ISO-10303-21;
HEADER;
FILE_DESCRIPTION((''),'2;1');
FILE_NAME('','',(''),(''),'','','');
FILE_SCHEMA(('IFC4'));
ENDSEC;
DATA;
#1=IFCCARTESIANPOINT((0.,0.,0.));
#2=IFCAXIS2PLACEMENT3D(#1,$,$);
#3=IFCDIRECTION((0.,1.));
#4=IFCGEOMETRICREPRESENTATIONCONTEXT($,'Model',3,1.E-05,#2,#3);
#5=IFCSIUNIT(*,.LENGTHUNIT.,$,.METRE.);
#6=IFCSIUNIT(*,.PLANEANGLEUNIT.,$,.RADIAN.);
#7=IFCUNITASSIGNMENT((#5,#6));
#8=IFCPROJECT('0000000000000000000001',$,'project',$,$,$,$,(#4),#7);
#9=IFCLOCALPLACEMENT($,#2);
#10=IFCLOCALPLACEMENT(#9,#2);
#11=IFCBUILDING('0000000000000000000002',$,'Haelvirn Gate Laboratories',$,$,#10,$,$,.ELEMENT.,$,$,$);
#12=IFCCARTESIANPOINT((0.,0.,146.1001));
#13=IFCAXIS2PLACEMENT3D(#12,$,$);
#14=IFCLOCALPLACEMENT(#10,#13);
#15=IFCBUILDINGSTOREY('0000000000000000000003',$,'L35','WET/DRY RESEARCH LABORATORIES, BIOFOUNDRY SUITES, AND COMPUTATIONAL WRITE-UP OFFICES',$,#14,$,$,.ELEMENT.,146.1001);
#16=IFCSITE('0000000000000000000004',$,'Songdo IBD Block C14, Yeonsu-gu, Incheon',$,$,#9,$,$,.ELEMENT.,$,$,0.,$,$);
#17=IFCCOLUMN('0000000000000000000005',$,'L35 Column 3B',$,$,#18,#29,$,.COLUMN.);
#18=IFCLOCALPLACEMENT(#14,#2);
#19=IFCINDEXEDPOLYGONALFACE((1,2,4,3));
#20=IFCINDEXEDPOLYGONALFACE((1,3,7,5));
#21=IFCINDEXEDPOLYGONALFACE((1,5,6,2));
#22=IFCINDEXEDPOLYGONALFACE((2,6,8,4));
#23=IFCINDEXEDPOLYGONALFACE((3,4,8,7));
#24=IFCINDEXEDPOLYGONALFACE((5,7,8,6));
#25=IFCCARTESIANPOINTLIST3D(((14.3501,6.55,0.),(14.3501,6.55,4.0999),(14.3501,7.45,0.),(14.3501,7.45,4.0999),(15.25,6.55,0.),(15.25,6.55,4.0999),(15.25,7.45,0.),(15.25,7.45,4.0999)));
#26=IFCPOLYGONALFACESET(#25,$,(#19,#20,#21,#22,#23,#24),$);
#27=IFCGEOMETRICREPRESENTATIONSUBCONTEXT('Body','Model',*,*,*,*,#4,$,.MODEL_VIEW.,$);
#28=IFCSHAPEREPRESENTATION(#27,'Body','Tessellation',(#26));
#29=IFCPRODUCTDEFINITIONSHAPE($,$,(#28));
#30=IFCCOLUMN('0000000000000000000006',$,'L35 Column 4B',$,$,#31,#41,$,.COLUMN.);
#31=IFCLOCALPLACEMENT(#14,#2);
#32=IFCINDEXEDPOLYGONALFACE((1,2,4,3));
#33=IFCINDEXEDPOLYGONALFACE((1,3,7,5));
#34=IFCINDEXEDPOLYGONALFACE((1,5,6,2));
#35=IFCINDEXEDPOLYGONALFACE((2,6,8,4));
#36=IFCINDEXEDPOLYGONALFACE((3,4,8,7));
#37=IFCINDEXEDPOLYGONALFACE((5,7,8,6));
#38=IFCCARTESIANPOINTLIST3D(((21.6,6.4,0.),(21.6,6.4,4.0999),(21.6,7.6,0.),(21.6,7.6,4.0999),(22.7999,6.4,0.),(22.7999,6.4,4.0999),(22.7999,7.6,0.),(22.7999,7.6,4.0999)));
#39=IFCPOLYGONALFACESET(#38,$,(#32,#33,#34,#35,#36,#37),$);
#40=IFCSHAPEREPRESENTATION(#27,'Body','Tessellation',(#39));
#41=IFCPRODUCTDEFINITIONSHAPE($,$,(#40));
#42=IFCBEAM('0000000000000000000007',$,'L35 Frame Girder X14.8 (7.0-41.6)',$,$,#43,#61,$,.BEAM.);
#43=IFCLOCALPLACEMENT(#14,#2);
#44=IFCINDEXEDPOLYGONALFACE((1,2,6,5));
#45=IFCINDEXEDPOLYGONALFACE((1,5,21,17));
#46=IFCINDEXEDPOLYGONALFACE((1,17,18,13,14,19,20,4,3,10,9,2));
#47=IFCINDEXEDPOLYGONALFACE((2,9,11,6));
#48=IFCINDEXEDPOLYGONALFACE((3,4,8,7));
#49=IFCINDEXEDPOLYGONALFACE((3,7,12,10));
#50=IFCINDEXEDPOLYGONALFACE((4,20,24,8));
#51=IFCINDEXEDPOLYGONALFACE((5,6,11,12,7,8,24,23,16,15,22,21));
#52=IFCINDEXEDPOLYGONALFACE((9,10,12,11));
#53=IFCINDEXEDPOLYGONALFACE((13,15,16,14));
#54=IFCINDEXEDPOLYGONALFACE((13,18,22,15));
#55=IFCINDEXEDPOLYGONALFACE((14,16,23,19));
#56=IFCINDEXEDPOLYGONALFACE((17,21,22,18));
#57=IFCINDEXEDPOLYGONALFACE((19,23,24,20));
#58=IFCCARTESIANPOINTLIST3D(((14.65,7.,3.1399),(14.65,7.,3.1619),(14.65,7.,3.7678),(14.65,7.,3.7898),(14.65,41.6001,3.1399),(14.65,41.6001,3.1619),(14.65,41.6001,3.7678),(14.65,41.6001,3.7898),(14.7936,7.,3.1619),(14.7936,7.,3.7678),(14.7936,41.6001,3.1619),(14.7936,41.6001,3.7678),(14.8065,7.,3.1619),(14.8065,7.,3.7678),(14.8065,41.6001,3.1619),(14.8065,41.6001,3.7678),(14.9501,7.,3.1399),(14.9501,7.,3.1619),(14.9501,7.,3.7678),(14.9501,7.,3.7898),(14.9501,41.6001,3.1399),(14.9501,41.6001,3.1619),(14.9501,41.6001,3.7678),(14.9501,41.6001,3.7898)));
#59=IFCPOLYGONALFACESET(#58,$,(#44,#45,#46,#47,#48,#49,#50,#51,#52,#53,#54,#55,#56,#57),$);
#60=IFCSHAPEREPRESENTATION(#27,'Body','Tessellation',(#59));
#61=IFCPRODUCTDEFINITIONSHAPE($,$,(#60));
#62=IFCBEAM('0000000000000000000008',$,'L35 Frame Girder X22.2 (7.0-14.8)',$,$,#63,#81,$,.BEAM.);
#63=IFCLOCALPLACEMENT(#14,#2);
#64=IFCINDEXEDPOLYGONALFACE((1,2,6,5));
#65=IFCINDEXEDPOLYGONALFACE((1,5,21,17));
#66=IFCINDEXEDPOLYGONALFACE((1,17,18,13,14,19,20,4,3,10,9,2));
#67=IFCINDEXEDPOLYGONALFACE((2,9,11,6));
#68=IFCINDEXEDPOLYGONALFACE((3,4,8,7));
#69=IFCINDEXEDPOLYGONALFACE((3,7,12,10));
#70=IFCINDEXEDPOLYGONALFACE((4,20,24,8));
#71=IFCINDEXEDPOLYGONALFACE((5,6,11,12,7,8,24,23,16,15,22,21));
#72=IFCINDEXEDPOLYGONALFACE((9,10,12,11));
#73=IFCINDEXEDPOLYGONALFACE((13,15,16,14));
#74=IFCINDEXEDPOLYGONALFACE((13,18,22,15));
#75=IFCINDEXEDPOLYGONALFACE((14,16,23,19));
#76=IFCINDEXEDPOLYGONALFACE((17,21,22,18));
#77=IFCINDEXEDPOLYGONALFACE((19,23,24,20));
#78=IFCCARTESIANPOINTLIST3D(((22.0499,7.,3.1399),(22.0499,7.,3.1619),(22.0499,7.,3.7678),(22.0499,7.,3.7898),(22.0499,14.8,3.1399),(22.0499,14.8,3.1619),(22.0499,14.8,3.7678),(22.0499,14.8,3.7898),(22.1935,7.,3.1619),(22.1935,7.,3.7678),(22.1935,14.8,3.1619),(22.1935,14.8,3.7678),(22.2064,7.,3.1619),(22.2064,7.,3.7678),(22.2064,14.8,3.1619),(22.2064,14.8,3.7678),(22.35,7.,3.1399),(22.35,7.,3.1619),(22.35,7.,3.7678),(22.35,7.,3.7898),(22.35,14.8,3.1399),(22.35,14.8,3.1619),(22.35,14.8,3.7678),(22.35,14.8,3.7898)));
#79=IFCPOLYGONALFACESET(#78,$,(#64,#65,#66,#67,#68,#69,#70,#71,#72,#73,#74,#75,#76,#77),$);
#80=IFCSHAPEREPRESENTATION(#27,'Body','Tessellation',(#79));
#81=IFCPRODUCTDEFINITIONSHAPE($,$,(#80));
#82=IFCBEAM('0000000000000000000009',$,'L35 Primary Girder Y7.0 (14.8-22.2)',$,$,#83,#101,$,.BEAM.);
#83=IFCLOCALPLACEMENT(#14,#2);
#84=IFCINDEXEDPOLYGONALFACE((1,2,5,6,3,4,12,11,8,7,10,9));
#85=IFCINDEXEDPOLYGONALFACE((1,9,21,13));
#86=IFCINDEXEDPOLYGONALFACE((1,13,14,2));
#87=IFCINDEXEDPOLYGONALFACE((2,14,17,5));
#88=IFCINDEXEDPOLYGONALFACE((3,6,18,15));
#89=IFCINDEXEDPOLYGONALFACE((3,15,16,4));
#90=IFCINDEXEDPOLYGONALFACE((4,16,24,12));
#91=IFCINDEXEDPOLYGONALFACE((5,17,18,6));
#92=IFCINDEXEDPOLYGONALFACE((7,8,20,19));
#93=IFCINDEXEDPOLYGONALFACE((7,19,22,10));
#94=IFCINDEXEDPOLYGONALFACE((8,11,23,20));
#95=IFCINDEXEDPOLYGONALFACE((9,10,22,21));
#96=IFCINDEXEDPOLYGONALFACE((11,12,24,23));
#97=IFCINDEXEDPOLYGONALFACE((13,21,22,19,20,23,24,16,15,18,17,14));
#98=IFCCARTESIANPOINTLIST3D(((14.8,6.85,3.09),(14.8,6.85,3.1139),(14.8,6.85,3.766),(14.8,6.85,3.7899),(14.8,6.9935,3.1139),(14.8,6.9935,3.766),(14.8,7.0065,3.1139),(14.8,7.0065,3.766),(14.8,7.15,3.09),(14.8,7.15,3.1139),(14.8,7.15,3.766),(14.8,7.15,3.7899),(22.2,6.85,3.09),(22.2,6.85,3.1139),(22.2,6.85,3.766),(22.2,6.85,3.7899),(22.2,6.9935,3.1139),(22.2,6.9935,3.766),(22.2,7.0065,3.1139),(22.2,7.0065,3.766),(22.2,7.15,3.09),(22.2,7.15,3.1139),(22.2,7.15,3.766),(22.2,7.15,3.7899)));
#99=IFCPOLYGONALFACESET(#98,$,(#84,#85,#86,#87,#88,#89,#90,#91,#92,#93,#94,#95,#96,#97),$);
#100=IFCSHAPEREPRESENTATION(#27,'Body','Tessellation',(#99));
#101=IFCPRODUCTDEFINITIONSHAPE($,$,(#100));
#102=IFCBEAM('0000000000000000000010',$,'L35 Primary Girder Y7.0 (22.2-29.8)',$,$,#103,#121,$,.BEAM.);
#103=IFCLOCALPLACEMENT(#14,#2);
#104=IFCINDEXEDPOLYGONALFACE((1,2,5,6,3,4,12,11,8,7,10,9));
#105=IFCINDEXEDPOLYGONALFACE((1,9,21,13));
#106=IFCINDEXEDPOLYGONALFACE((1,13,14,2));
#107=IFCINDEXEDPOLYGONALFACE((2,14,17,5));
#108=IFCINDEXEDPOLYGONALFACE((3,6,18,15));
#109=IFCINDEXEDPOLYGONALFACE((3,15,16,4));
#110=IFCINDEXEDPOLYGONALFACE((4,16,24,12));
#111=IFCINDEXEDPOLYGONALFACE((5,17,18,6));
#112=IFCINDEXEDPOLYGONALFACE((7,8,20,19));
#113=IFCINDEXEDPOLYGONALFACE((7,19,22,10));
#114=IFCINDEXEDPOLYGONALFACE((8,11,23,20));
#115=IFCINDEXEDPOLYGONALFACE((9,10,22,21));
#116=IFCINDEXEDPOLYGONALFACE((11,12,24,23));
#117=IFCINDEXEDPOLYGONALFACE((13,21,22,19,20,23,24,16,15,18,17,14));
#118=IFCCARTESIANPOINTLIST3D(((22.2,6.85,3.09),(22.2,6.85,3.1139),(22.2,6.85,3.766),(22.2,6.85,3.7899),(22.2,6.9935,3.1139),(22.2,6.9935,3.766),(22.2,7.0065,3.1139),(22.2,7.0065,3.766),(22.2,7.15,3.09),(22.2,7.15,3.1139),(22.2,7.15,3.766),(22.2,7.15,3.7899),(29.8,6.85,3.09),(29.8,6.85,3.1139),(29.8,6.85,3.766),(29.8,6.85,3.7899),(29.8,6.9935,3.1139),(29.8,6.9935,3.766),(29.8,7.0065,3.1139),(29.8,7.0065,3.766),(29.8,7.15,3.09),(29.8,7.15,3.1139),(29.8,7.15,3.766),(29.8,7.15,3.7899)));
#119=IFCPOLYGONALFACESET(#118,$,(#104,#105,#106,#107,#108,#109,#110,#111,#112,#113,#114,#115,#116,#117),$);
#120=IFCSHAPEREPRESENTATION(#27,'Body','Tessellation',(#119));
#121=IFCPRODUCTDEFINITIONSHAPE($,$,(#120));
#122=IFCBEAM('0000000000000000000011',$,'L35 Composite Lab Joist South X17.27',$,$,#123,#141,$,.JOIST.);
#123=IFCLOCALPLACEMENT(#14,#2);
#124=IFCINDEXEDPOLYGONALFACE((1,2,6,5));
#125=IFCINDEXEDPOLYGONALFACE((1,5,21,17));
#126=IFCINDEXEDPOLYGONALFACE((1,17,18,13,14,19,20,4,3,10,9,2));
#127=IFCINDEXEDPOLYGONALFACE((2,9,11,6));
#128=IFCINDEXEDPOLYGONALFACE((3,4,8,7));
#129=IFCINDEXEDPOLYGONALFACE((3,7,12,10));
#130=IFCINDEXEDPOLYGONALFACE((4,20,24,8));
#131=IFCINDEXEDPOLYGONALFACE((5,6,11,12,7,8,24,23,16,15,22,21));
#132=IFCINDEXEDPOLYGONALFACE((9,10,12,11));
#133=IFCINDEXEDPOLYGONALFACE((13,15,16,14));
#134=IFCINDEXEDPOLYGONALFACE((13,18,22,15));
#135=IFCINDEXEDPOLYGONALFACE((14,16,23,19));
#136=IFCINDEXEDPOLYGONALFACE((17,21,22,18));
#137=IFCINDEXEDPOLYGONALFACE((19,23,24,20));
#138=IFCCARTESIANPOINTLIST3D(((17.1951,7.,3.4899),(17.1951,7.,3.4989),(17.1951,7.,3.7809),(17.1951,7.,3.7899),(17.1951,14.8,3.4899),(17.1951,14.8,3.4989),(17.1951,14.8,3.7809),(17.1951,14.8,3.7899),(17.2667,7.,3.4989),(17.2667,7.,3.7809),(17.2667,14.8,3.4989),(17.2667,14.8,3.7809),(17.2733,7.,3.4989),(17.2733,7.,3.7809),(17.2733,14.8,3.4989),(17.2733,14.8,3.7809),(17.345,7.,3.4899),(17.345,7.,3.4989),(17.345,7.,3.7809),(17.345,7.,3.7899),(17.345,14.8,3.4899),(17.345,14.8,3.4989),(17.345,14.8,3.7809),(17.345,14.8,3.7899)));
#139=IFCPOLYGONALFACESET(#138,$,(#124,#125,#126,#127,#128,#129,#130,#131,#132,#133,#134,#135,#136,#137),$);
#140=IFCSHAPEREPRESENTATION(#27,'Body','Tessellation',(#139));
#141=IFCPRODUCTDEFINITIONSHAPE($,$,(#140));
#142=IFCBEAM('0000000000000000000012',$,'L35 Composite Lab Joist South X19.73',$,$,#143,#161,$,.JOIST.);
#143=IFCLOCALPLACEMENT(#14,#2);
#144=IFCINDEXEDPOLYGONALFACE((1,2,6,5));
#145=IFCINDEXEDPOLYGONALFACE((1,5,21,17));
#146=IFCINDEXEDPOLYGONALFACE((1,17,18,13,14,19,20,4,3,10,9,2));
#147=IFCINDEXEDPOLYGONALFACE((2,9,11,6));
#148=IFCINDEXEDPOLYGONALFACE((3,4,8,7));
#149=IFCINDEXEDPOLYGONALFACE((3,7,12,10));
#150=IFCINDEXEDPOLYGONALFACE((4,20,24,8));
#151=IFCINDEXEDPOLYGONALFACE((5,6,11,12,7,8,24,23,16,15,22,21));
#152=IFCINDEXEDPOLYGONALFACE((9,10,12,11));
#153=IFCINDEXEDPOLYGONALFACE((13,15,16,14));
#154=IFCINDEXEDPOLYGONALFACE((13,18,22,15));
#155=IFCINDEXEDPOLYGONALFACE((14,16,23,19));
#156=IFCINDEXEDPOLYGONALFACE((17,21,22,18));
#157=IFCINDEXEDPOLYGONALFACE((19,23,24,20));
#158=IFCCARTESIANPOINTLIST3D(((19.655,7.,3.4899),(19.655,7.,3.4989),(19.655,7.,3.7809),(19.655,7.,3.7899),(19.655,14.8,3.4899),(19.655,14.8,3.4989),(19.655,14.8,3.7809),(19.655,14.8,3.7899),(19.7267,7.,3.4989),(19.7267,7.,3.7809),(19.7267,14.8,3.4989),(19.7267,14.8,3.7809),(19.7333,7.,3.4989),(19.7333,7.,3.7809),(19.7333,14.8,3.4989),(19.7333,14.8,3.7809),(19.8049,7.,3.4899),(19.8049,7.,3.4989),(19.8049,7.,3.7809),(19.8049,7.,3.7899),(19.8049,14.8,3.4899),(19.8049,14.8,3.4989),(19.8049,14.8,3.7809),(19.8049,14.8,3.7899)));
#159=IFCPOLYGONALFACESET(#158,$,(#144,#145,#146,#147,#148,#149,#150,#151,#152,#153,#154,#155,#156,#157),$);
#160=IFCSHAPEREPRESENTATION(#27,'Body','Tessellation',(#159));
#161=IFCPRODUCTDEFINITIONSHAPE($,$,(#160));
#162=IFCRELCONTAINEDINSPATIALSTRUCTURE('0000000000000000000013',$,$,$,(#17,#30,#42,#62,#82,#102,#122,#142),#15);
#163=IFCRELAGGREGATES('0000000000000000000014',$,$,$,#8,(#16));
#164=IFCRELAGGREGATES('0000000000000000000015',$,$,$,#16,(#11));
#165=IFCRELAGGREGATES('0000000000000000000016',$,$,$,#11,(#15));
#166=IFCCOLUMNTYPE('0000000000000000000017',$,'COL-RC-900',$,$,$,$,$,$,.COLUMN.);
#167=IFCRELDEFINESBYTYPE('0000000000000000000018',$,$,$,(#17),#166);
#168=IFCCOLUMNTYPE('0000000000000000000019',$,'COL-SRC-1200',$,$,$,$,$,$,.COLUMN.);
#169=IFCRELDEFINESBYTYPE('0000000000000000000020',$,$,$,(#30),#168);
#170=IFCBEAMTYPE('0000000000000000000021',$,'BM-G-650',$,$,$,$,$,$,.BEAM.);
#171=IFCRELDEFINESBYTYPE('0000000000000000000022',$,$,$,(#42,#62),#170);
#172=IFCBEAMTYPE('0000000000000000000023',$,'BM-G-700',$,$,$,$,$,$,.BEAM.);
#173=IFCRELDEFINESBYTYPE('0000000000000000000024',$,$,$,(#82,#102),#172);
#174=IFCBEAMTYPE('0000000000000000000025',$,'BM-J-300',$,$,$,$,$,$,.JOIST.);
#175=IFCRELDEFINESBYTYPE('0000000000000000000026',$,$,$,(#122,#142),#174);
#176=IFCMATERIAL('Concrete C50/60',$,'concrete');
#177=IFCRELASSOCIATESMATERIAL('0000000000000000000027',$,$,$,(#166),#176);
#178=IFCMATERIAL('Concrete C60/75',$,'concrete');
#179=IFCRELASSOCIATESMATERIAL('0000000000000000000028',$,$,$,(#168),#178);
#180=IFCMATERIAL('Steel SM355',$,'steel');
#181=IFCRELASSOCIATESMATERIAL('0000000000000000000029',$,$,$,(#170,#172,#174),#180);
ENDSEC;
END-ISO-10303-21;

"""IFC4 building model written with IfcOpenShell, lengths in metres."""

from ifc_helpers import new_model, si_unit, direction, frame, origin, origin_2d, place, context, subcontext, project, spatial, rectangle, i_section, extrude, source, transform, mapped, material, material_profile, profile_set, type_object, type_shapes, element, save


model = new_model("IFC4")

# Units and contexts
model_context = context("Model", 3, precision=1e-05, world=origin(), true_north=direction((0.0, 1.0)))
body_context = subcontext(model_context, "Body", "Model", "MODEL_VIEW")
ifc_project = project(units=[si_unit("LENGTHUNIT", "METRE"), si_unit("PLANEANGLEUNIT", "RADIAN")], contexts=[model_context])

# Site, building, storey
site_placement = place(None, origin())
site = spatial("IfcSite", under=ifc_project, at=site_placement, Name="Songdo IBD Block C14, Yeonsu-gu, Incheon", CompositionType="ELEMENT", RefElevation=0.0)
building_placement = place(site_placement, origin())
building = spatial("IfcBuilding", under=site, at=building_placement, Name="Haelvirn Gate Laboratories", CompositionType="ELEMENT")
storey_placement = place(building_placement, frame((0.0, 0.0, 146.1001)))
storey = spatial("IfcBuildingStorey", under=building, at=storey_placement, Name="L35", Description="WET/DRY RESEARCH LABORATORIES, BIOFOUNDRY SUITES, AND COMPUTATIONAL WRITE-UP OFFICES", CompositionType="ELEMENT", Elevation=146.1001)

# Columns
ifc_material_1 = material(Name="Concrete C50/60", Category="concrete")
ifc_material_profile_1 = material_profile(ifc_material_1, rectangle(XDim=0.8999, YDim=0.8999, at=origin_2d()), Name="RC-900x900")
ifc_profile_set_1 = profile_set([ifc_material_profile_1], Name="Concrete C50/60")
column_type_1 = type_object("IfcColumnType", Name="COL-RC-900", PredefinedType="COLUMN", material=ifc_profile_set_1)
shared_shape_1 = source(origin(), body_context, "Body", "SweptSolid", [
    extrude(rectangle(XDim=0.8999, YDim=0.8999, at=origin_2d()), origin(), (0.0, 0.0, 1.0), 4.0999),
])
type_shapes(column_type_1, [shared_shape_1])
column_1_placement = place(storey_placement, frame((14.8, 7.0, 0.0), z_axis=(0.0, 0.0, 1.0), x_axis=(1.0, 0.0, 0.0)))
element("IfcColumn", 1, at=column_1_placement, inside=storey, type_object=column_type_1, Name="L35 Column 3B", PredefinedType="COLUMN", context=body_context, shape_type="MappedRepresentation", body=[
    mapped(shared_shape_1, transform((0.0, 0.0, 0.0), scale=1.0)),
])
ifc_material_2 = material(Name="Concrete C60/75", Category="concrete")
ifc_material_profile_2 = material_profile(ifc_material_2, rectangle(XDim=1.2, YDim=1.2, at=origin_2d()), Name="SRC-1200x1200")
ifc_profile_set_2 = profile_set([ifc_material_profile_2], Name="Concrete C60/75")
column_type_2 = type_object("IfcColumnType", Name="COL-SRC-1200", PredefinedType="COLUMN", material=ifc_profile_set_2)
shared_shape_2 = source(origin(), body_context, "Body", "SweptSolid", [
    extrude(rectangle(XDim=1.2, YDim=1.2, at=origin_2d()), origin(), (0.0, 0.0, 1.0), 4.0999),
])
type_shapes(column_type_2, [shared_shape_2])
column_2_placement = place(storey_placement, frame((22.2, 7.0, 0.0), z_axis=(0.0, 0.0, 1.0), x_axis=(1.0, 0.0, 0.0)))
element("IfcColumn", 2, at=column_2_placement, inside=storey, type_object=column_type_2, Name="L35 Column 4B", PredefinedType="COLUMN", context=body_context, shape_type="MappedRepresentation", body=[
    mapped(shared_shape_2, transform((0.0, 0.0, 0.0), scale=1.0)),
])

# Beams
ifc_material_3 = material(Name="Steel SM355", Category="steel")
ifc_material_profile_3 = material_profile(ifc_material_3, i_section(OverallWidth=0.3, OverallDepth=0.6499, WebThickness=0.0129, FlangeThickness=0.022, at=origin_2d()), Name="H-650x300x13x22")
ifc_profile_set_3 = profile_set([ifc_material_profile_3], Name="Steel SM355")
beam_type_1 = type_object("IfcBeamType", Name="BM-G-650", PredefinedType="BEAM", material=ifc_profile_set_3)
shared_shape_3 = source(origin(), body_context, "Body", "SweptSolid", [
    extrude(i_section(OverallWidth=0.3, OverallDepth=0.6499, WebThickness=0.0129, FlangeThickness=0.022, at=origin_2d()), origin(), (0.0, 0.0, 1.0), 34.6001),
])
beam_1_placement = place(storey_placement, frame((14.8, 7.0, 3.4648), z_axis=(0.0, 1.0, 0.0), x_axis=(-1.0, 0.0, 0.0)))
element("IfcBeam", 3, at=beam_1_placement, inside=storey, type_object=beam_type_1, Name="L35 Frame Girder X14.8 (7.0-41.6)", PredefinedType="BEAM", context=body_context, shape_type="MappedRepresentation", body=[
    mapped(shared_shape_3, transform((0.0, 0.0, 0.0), scale=1.0)),
])
shared_shape_4 = source(origin(), body_context, "Body", "SweptSolid", [
    extrude(i_section(OverallWidth=0.3, OverallDepth=0.6499, WebThickness=0.0129, FlangeThickness=0.022, at=origin_2d()), origin(), (0.0, 0.0, 1.0), 7.8),
])
type_shapes(beam_type_1, [shared_shape_3, shared_shape_4])
beam_2_placement = place(storey_placement, frame((22.2, 7.0, 3.4648), z_axis=(0.0, 1.0, 0.0), x_axis=(-1.0, 0.0, 0.0)))
element("IfcBeam", 4, at=beam_2_placement, inside=storey, type_object=beam_type_1, Name="L35 Frame Girder X22.2 (7.0-14.8)", PredefinedType="BEAM", context=body_context, shape_type="MappedRepresentation", body=[
    mapped(shared_shape_4, transform((0.0, 0.0, 0.0), scale=1.0)),
])
ifc_material_profile_4 = material_profile(ifc_material_3, i_section(OverallWidth=0.3, OverallDepth=0.7, WebThickness=0.0129, FlangeThickness=0.0239, at=origin_2d()), Name="H-700x300x13x24")
ifc_profile_set_4 = profile_set([ifc_material_profile_4], Name="Steel SM355")
beam_type_2 = type_object("IfcBeamType", Name="BM-G-700", PredefinedType="BEAM", material=ifc_profile_set_4)
shared_shape_5 = source(origin(), body_context, "Body", "SweptSolid", [
    extrude(i_section(OverallWidth=0.3, OverallDepth=0.7, WebThickness=0.0129, FlangeThickness=0.0239, at=origin_2d()), origin(), (0.0, 0.0, 1.0), 7.3999),
])
beam_3_placement = place(storey_placement, frame((14.8, 7.0, 3.4399), z_axis=(1.0, 0.0, 0.0), x_axis=(0.0, 1.0, 0.0)))
element("IfcBeam", 5, at=beam_3_placement, inside=storey, type_object=beam_type_2, Name="L35 Primary Girder Y7.0 (14.8-22.2)", PredefinedType="BEAM", context=body_context, shape_type="MappedRepresentation", body=[
    mapped(shared_shape_5, transform((0.0, 0.0, 0.0), scale=1.0)),
])
shared_shape_6 = source(origin(), body_context, "Body", "SweptSolid", [
    extrude(i_section(OverallWidth=0.3, OverallDepth=0.7, WebThickness=0.0129, FlangeThickness=0.0239, at=origin_2d()), origin(), (0.0, 0.0, 1.0), 7.6001),
])
type_shapes(beam_type_2, [shared_shape_5, shared_shape_6])
beam_4_placement = place(storey_placement, frame((22.2, 7.0, 3.4399), z_axis=(1.0, 0.0, 0.0), x_axis=(0.0, 1.0, 0.0)))
element("IfcBeam", 6, at=beam_4_placement, inside=storey, type_object=beam_type_2, Name="L35 Primary Girder Y7.0 (22.2-29.8)", PredefinedType="BEAM", context=body_context, shape_type="MappedRepresentation", body=[
    mapped(shared_shape_6, transform((0.0, 0.0, 0.0), scale=1.0)),
])
ifc_material_profile_5 = material_profile(ifc_material_3, i_section(OverallWidth=0.1499, OverallDepth=0.3, WebThickness=0.0066, FlangeThickness=0.009, at=origin_2d()), Name="H-300x150x6.5x9")
ifc_profile_set_5 = profile_set([ifc_material_profile_5], Name="Steel SM355")
beam_type_3 = type_object("IfcBeamType", Name="BM-J-300", PredefinedType="JOIST", material=ifc_profile_set_5)
shared_shape_7 = source(origin(), body_context, "Body", "SweptSolid", [
    extrude(i_section(OverallWidth=0.1499, OverallDepth=0.3, WebThickness=0.0066, FlangeThickness=0.009, at=origin_2d()), origin(), (0.0, 0.0, 1.0), 7.8),
])
type_shapes(beam_type_3, [shared_shape_7])
for number, where, z_axis, x_axis, name in (
    (7, (17.27, 7.0, 3.6399), (0.0, 1.0, 0.0), (-1.0, 0.0, 0.0), "L35 Composite Lab Joist South X17.27"),
    (8, (19.73, 7.0, 3.6399), (0.0, 1.0, 0.0), (-1.0, 0.0, 0.0), "L35 Composite Lab Joist South X19.73"),
):
    element("IfcBeam", number, at=place(storey_placement, frame(where, z_axis=z_axis, x_axis=x_axis)), inside=storey, type_object=beam_type_3, Name=name, PredefinedType="JOIST", context=body_context, shape_type="MappedRepresentation", body=[
        mapped(shared_shape_7, transform((0.0, 0.0, 0.0), scale=1.0)),
    ])

save(model, "model.ifc")
